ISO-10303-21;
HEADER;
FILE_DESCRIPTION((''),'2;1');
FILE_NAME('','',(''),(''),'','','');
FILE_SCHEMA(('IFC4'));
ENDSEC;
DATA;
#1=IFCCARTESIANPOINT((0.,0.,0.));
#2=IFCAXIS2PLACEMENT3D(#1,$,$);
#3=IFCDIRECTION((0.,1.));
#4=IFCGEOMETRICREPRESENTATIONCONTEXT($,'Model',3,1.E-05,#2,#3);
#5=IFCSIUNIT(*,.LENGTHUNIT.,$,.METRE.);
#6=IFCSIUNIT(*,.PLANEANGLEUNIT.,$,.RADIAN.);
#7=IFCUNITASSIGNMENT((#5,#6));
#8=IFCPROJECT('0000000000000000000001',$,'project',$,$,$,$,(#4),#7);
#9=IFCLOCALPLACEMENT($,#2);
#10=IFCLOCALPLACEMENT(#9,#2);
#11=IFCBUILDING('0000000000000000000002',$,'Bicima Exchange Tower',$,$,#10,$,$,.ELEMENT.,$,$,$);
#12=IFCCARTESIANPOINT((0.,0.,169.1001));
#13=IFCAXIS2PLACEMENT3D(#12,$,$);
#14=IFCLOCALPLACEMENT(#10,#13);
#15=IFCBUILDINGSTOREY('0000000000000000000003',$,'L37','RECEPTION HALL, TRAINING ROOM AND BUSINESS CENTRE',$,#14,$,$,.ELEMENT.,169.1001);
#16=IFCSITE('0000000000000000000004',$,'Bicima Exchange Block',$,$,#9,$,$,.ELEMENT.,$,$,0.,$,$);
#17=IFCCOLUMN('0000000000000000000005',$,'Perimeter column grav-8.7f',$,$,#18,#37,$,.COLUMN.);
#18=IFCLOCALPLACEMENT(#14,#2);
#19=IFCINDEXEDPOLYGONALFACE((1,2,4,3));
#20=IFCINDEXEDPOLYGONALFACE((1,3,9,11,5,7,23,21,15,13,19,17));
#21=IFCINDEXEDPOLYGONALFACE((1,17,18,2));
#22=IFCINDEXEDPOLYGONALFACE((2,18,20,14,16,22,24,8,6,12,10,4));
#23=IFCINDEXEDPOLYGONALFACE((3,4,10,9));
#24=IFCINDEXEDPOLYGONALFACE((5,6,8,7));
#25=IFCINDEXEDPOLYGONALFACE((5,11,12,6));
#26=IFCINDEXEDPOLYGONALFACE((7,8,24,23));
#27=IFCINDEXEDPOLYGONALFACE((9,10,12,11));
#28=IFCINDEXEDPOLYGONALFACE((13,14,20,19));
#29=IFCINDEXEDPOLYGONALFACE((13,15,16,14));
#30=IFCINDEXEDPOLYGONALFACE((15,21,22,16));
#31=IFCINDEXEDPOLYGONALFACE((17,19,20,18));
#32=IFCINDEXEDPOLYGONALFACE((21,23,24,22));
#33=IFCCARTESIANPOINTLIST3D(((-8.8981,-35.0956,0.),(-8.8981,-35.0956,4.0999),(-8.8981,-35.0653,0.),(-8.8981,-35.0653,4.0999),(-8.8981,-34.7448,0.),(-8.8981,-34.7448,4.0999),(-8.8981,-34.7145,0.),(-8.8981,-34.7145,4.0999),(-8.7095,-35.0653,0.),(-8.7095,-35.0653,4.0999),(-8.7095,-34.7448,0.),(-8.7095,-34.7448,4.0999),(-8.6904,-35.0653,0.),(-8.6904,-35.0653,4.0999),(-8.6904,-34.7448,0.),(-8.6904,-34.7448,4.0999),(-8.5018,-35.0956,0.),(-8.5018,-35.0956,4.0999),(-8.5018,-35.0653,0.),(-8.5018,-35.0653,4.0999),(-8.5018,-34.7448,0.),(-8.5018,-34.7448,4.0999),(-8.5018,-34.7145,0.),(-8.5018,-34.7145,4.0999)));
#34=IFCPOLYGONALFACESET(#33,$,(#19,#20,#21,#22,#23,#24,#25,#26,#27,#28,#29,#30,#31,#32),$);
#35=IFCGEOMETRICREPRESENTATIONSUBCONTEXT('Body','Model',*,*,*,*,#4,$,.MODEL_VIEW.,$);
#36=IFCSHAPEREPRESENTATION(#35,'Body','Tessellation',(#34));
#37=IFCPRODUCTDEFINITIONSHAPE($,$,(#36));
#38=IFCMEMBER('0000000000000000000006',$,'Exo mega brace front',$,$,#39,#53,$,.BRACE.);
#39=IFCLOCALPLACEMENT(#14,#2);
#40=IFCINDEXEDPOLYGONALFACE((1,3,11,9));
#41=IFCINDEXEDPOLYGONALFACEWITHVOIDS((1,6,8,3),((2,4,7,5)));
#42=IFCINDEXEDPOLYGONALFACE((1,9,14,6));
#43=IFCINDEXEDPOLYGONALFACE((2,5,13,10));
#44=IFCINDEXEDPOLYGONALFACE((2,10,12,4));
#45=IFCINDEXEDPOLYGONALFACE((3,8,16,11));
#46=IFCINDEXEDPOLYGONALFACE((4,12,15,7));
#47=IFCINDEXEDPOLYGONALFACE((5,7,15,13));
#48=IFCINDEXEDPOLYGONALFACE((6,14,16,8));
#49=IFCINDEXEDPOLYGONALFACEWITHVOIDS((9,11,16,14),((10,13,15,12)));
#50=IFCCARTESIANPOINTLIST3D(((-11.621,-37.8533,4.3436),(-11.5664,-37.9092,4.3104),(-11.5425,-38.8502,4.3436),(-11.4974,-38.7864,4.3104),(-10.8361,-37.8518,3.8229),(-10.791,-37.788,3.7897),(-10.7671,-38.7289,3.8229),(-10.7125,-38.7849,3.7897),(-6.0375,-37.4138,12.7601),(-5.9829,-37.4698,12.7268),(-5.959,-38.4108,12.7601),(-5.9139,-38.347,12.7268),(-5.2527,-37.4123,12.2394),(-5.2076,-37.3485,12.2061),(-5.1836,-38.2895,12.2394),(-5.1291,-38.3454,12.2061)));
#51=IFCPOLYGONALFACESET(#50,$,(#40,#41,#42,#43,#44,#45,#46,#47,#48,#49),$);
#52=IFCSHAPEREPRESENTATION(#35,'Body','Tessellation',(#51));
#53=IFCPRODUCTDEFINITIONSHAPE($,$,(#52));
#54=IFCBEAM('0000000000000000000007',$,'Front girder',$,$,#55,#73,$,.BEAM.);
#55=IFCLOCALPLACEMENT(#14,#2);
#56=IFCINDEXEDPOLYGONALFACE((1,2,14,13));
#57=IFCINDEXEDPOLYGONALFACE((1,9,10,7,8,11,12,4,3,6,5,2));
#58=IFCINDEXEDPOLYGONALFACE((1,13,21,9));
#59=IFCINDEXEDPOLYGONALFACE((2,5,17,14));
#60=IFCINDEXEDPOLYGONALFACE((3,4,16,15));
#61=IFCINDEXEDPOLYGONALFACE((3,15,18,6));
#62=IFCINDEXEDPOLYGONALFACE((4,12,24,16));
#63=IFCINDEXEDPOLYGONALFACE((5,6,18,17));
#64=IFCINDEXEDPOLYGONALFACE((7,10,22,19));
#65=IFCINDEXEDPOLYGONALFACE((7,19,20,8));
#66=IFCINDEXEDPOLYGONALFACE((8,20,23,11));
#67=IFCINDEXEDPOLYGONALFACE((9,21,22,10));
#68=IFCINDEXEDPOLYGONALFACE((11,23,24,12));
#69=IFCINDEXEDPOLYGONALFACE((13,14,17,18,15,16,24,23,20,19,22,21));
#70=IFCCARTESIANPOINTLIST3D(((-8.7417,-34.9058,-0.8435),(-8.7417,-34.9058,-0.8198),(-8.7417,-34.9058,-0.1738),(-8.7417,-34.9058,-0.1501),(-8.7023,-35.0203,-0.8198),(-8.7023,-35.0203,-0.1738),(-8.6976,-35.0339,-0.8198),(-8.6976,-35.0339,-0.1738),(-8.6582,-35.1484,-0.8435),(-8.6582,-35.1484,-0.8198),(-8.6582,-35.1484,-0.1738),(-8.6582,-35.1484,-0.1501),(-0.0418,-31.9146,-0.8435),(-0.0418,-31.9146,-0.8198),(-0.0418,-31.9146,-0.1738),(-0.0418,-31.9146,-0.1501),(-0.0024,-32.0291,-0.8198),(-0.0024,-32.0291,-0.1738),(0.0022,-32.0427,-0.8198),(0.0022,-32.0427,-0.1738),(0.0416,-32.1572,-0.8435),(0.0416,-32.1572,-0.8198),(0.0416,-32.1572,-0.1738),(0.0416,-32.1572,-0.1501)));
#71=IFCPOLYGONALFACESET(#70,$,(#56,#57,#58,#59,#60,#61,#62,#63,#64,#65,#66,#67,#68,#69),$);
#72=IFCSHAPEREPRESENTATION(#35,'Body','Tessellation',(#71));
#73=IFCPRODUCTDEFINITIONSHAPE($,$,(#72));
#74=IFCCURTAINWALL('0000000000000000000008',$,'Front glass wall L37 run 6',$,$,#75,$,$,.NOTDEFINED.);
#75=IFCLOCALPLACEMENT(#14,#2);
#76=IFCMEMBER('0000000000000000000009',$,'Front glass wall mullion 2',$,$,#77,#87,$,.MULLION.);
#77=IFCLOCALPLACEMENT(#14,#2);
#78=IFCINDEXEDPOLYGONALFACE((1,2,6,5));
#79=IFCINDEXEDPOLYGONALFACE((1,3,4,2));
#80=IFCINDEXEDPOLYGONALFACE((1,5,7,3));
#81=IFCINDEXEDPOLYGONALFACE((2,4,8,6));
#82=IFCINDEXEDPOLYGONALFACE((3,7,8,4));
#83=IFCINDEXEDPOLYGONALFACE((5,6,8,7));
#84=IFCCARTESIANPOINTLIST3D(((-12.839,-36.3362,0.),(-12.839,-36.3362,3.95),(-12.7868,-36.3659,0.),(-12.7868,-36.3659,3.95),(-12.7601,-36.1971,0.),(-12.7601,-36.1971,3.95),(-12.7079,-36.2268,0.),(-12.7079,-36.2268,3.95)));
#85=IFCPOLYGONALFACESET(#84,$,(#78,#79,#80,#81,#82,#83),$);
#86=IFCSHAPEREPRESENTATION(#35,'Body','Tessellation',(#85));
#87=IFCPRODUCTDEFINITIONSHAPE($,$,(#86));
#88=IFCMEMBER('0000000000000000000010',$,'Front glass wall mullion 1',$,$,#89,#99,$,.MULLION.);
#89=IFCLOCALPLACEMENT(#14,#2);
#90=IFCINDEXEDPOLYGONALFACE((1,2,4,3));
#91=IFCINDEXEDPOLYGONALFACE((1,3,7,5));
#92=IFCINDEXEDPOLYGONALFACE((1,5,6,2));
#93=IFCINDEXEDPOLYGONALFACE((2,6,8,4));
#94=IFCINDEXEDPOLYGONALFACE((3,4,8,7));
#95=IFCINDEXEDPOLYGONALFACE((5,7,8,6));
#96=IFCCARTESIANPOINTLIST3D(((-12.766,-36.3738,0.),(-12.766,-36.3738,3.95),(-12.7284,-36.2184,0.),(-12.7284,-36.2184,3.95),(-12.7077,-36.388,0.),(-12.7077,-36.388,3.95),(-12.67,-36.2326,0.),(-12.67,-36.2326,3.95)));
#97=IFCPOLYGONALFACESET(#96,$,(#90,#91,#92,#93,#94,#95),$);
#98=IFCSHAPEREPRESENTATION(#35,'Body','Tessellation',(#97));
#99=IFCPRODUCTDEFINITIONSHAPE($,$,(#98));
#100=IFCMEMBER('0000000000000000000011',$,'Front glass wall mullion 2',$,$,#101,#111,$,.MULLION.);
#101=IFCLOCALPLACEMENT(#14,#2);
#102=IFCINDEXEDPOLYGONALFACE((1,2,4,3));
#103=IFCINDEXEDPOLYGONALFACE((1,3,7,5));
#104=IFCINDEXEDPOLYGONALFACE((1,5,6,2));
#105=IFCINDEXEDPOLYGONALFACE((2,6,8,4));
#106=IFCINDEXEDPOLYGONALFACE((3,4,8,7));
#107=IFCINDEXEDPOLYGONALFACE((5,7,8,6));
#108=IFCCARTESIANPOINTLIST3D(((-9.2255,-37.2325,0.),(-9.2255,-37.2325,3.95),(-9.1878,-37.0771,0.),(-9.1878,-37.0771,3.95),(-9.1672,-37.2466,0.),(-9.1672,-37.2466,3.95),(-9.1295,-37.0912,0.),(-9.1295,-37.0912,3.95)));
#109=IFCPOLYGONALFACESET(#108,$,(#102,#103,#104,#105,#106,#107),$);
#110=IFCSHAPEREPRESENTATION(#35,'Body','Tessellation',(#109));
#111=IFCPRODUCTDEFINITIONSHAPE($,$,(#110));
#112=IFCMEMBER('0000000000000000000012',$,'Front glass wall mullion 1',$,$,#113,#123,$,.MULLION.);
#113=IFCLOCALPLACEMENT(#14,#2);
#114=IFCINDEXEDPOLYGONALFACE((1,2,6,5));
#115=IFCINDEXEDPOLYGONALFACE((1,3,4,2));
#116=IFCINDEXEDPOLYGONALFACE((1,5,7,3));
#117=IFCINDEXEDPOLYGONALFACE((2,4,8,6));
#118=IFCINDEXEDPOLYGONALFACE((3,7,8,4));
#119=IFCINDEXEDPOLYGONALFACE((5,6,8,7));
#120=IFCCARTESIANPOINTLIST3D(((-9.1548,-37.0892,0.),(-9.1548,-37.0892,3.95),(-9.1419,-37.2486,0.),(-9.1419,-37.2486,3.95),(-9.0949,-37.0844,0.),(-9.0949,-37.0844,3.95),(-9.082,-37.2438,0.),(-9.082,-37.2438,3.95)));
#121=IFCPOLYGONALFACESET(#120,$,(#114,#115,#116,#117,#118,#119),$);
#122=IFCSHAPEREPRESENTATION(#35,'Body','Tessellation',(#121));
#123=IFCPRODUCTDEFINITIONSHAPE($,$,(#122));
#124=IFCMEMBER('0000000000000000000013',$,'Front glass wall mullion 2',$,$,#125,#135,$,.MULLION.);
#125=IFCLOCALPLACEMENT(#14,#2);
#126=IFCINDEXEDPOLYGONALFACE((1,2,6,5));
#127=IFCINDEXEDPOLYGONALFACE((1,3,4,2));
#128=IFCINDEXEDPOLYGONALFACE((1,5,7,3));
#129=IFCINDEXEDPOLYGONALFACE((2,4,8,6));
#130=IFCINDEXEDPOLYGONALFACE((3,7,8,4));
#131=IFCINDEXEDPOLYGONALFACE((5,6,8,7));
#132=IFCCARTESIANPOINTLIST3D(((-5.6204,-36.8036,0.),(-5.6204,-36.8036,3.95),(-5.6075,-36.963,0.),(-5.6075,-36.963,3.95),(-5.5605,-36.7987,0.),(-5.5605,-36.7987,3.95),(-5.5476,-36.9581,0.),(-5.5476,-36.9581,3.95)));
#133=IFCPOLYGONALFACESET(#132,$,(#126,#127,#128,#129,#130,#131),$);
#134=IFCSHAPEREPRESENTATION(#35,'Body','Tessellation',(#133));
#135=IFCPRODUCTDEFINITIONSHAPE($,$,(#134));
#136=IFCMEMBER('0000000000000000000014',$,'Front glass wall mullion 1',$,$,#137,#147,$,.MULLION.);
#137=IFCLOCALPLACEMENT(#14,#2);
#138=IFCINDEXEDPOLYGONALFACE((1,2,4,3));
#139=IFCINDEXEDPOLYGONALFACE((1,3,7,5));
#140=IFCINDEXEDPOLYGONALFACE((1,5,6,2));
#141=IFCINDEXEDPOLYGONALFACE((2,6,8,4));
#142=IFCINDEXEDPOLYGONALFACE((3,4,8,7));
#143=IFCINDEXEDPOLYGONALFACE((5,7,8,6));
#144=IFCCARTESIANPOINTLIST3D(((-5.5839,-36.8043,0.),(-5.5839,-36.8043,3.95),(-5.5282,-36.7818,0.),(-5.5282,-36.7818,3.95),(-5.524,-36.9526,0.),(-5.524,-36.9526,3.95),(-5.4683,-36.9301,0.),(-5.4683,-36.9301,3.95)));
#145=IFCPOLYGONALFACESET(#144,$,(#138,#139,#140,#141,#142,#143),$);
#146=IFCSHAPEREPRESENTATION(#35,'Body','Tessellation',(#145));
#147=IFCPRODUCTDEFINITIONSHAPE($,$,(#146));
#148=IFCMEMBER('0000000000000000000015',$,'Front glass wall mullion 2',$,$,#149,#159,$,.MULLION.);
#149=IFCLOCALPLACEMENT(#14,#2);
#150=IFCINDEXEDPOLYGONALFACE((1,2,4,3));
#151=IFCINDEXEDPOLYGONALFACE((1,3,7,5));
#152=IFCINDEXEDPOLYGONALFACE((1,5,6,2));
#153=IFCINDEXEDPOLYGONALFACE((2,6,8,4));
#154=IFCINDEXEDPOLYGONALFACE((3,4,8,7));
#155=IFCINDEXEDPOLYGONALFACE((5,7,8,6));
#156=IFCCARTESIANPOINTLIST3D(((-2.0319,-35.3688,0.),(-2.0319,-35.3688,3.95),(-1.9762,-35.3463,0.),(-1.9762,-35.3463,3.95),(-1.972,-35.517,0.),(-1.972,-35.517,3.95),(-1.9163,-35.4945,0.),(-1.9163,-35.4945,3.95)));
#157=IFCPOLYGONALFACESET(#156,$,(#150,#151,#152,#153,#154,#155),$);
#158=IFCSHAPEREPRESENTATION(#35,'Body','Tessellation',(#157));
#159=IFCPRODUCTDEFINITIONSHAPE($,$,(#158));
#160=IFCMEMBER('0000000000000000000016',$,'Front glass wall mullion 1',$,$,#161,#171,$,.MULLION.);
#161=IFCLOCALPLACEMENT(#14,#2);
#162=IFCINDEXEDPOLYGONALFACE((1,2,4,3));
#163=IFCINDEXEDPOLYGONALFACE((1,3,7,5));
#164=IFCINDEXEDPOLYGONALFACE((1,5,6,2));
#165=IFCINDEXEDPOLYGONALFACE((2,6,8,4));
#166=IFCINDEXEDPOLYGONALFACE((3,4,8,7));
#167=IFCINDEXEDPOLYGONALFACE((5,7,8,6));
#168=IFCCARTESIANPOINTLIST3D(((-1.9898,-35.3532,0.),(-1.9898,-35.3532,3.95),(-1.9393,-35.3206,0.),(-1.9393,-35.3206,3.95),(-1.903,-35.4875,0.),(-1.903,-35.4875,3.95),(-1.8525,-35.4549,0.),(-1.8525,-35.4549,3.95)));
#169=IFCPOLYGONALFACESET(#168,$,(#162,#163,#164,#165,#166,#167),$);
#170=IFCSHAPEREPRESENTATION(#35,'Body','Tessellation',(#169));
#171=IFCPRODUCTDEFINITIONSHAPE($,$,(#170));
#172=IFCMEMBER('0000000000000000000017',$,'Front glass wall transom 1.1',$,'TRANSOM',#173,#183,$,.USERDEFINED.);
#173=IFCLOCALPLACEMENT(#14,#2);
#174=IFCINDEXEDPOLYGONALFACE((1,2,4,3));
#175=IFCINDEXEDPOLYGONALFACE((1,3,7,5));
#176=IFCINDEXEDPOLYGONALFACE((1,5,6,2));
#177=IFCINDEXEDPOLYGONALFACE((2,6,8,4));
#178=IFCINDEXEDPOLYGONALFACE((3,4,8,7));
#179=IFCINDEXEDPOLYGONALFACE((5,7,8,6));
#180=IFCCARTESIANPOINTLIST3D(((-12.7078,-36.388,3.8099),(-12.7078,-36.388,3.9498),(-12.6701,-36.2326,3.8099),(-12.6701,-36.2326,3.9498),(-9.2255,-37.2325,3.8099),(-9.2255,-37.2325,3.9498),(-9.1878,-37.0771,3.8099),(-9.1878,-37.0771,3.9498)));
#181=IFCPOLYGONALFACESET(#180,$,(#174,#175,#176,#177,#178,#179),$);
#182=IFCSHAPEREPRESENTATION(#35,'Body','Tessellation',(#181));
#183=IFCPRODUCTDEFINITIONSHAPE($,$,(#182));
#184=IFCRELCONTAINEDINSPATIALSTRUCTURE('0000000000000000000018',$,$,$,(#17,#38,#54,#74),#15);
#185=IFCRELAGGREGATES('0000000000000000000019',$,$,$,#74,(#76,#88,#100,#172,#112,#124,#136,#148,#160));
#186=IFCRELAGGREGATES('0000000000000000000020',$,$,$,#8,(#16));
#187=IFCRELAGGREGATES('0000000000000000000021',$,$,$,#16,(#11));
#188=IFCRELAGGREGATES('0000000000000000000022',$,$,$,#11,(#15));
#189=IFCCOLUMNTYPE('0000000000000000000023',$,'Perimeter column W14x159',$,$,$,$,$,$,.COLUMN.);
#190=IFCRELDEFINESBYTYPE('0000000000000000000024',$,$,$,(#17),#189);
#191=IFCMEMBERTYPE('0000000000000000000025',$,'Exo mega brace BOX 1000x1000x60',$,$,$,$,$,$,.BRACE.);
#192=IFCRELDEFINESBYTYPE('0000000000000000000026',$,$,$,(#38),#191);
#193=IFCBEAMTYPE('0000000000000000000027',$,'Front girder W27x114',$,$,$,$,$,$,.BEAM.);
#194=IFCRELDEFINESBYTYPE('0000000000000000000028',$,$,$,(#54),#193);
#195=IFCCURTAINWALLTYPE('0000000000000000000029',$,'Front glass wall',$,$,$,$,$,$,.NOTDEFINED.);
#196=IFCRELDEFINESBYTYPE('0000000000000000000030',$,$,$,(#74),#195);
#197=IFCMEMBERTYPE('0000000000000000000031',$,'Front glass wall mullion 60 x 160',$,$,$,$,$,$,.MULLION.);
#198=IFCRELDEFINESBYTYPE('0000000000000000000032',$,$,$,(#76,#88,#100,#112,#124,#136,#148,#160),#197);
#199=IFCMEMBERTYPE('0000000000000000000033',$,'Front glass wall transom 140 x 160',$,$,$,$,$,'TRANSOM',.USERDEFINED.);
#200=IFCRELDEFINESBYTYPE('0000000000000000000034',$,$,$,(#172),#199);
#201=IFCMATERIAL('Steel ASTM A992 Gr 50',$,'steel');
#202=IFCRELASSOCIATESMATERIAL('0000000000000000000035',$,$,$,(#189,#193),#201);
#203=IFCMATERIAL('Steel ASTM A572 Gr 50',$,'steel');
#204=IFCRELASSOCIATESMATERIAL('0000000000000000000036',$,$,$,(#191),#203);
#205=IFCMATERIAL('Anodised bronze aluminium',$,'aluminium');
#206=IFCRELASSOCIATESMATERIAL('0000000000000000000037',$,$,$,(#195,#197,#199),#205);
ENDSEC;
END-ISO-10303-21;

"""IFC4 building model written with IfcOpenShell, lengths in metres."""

from ifc_helpers import new_model, si_unit, direction, frame, origin, origin_2d, place, context, subcontext, project, spatial, rectangle, hollow_rectangle, i_section, extrude, material, material_profile, profile_set, type_object, element, aggregate, save


model = new_model("IFC4")

# Units and contexts
model_context = context("Model", 3, precision=1e-05, world=origin(), true_north=direction((0.0, 1.0)))
body_context = subcontext(model_context, "Body", "Model", "MODEL_VIEW")
ifc_project = project(units=[si_unit("LENGTHUNIT", "METRE"), si_unit("PLANEANGLEUNIT", "RADIAN")], contexts=[model_context])

# Site, building, storey
site_placement = place(None, origin())
site = spatial("IfcSite", under=ifc_project, at=site_placement, Name="Bicima Exchange Block", CompositionType="ELEMENT", RefElevation=0.0)
building_placement = place(site_placement, origin())
building = spatial("IfcBuilding", under=site, at=building_placement, Name="Bicima Exchange Tower", CompositionType="ELEMENT")
storey_placement = place(building_placement, frame((0.0, 0.0, 169.1001)))
storey = spatial("IfcBuildingStorey", under=building, at=storey_placement, Name="L37", Description="RECEPTION HALL, TRAINING ROOM AND BUSINESS CENTRE", CompositionType="ELEMENT", Elevation=169.1001)

# Column
ifc_material_1 = material(Name="Steel ASTM A992 Gr 50", Category="steel")
ifc_material_profile_1 = material_profile(ifc_material_1, i_section(OverallWidth=0.3962, OverallDepth=0.3811, WebThickness=0.019, FlangeThickness=0.0303, at=origin_2d()))
ifc_profile_set_1 = profile_set([ifc_material_profile_1], Name="Steel ASTM A992 Gr 50")
column_type = type_object("IfcColumnType", Name="Perimeter column W14x159", PredefinedType="COLUMN", material=ifc_profile_set_1)
column_placement = place(storey_placement, frame((-8.7, -34.905, 0.0), z_axis=(0.0, 0.0, 1.0), x_axis=(1.0, 0.0, 0.0)))
element("IfcColumn", 1, at=column_placement, inside=storey, type_object=column_type, Name="Perimeter column grav-8.7f", PredefinedType="COLUMN", context=body_context, shape_type="SweptSolid", body=[
    extrude(i_section(OverallWidth=0.3962, OverallDepth=0.3811, WebThickness=0.019, FlangeThickness=0.0303, at=origin_2d()), origin(), (0.0, 0.0, 1.0), 4.0999),
])

# Member
ifc_material_2 = material(Name="Steel ASTM A572 Gr 50", Category="steel")
ifc_material_profile_2 = material_profile(ifc_material_2, hollow_rectangle(XDim=1.0, YDim=1.0, WallThickness=0.0601, at=origin_2d()))
ifc_profile_set_2 = profile_set([ifc_material_profile_2], Name="Steel ASTM A572 Gr 50")
member_type_1 = type_object("IfcMemberType", Name="Exo mega brace BOX 1000x1000x60", PredefinedType="BRACE", material=ifc_profile_set_2)
member_1_placement = place(storey_placement, frame((-11.1667, -38.3191, 4.0667), z_axis=(0.552291, 0.043468, 0.832517), x_axis=(-0.078463, 0.996917, 0.0)))
element("IfcMember", 2, at=member_1_placement, inside=storey, type_object=member_type_1, Name="Exo mega brace front", PredefinedType="BRACE", context=body_context, shape_type="SweptSolid", body=[
    extrude(hollow_rectangle(XDim=1.0, YDim=1.0, WallThickness=0.0601, at=origin_2d()), origin(), (0.0, 0.0, 1.0), 10.1096),
])

# Beam
ifc_material_profile_3 = material_profile(ifc_material_1, i_section(OverallWidth=0.2566, OverallDepth=0.6934, WebThickness=0.0144, FlangeThickness=0.0237, at=origin_2d()))
ifc_profile_set_3 = profile_set([ifc_material_profile_3], Name="Steel ASTM A992 Gr 50")
beam_type = type_object("IfcBeamType", Name="Front girder W27x114", PredefinedType="BEAM", material=ifc_profile_set_3)
beam_placement = place(storey_placement, frame((-8.7, -35.0271, -0.4968), z_axis=(0.945666, 0.325138, 0.0), x_axis=(-0.325138, 0.945666, 0.0)))
element("IfcBeam", 3, at=beam_placement, inside=storey, type_object=beam_type, Name="Front girder", PredefinedType="BEAM", context=body_context, shape_type="SweptSolid", body=[
    extrude(i_section(OverallWidth=0.2566, OverallDepth=0.6934, WebThickness=0.0144, FlangeThickness=0.0237, at=origin_2d()), origin(), (0.0, 0.0, 1.0), 9.1997),
])

# Curtain wall, members
ifc_material_3 = material(Name="Anodised bronze aluminium", Category="aluminium")
curtain_wall_type = type_object("IfcCurtainWallType", Name="Front glass wall", PredefinedType="NOTDEFINED", material=ifc_material_3)
curtain_wall_placement = place(storey_placement, origin())
curtain_wall = element("IfcCurtainWall", 4, at=curtain_wall_placement, inside=storey, type_object=curtain_wall_type, Name="Front glass wall L37 run 6", PredefinedType="NOTDEFINED")
ifc_material_profile_4 = material_profile(ifc_material_3, rectangle(XDim=0.1599, YDim=0.0601, at=origin_2d()))
ifc_profile_set_4 = profile_set([ifc_material_profile_4], Name="Anodised bronze aluminium")
member_type_2 = type_object("IfcMemberType", Name="Front glass wall mullion 60 x 160", PredefinedType="MULLION", material=ifc_profile_set_4)
member_2_placement = place(storey_placement, frame((-12.7734, -36.2815, 0.0), z_axis=(0.0, 0.0, 1.0), x_axis=(0.493395, 0.869805, 0.0)))
member_2 = element("IfcMember", 5, at=member_2_placement, type_object=member_type_2, Name="Front glass wall mullion 2", PredefinedType="MULLION", context=body_context, shape_type="SweptSolid", body=[
    extrude(rectangle(XDim=0.1599, YDim=0.0601, at=origin_2d()), origin(), (0.0, 0.0, 1.0), 3.95),
])
member_3_placement = place(storey_placement, frame((-12.718, -36.3032, 0.0), z_axis=(0.0, 0.0, 1.0), x_axis=(0.235682, 0.97183, 0.0)))
member_3 = element("IfcMember", 6, at=member_3_placement, type_object=member_type_2, Name="Front glass wall mullion 1", PredefinedType="MULLION", context=body_context, shape_type="SweptSolid", body=[
    extrude(rectangle(XDim=0.1599, YDim=0.0601, at=origin_2d()), origin(), (0.0, 0.0, 1.0), 3.95),
])
member_4_placement = place(storey_placement, frame((-9.1775, -37.1619, 0.0), z_axis=(0.0, 0.0, 1.0), x_axis=(0.235682, 0.97183, 0.0)))
member_4 = element("IfcMember", 7, at=member_4_placement, type_object=member_type_2, Name="Front glass wall mullion 2", PredefinedType="MULLION", context=body_context, shape_type="SweptSolid", body=[
    extrude(rectangle(XDim=0.1599, YDim=0.0601, at=origin_2d()), origin(), (0.0, 0.0, 1.0), 3.95),
])
member_5_placement = place(storey_placement, frame((-9.1184, -37.1665, 0.0), z_axis=(0.0, 0.0, 1.0), x_axis=(-0.080589, 0.996747, 0.0)))
member_5 = element("IfcMember", 8, at=member_5_placement, type_object=member_type_2, Name="Front glass wall mullion 1", PredefinedType="MULLION", context=body_context, shape_type="SweptSolid", body=[
    extrude(rectangle(XDim=0.1599, YDim=0.0601, at=origin_2d()), origin(), (0.0, 0.0, 1.0), 3.95),
])
member_6_placement = place(storey_placement, frame((-5.584, -36.8809, 0.0), z_axis=(0.0, 0.0, 1.0), x_axis=(-0.080589, 0.996747, 0.0)))
member_6 = element("IfcMember", 9, at=member_6_placement, type_object=member_type_2, Name="Front glass wall mullion 2", PredefinedType="MULLION", context=body_context, shape_type="SweptSolid", body=[
    extrude(rectangle(XDim=0.1599, YDim=0.0601, at=origin_2d()), origin(), (0.0, 0.0, 1.0), 3.95),
])
member_7_placement = place(storey_placement, frame((-5.5261, -36.8672, 0.0), z_axis=(0.0, 0.0, 1.0), x_axis=(-0.374705, 0.927144, 0.0)))
member_7 = element("IfcMember", 10, at=member_7_placement, type_object=member_type_2, Name="Front glass wall mullion 1", PredefinedType="MULLION", context=body_context, shape_type="SweptSolid", body=[
    extrude(rectangle(XDim=0.1599, YDim=0.0601, at=origin_2d()), origin(), (0.0, 0.0, 1.0), 3.95),
])
member_8_placement = place(storey_placement, frame((-1.9741, -35.4316, 0.0), z_axis=(0.0, 0.0, 1.0), x_axis=(-0.374705, 0.927144, 0.0)))
member_8 = element("IfcMember", 11, at=member_8_placement, type_object=member_type_2, Name="Front glass wall mullion 2", PredefinedType="MULLION", context=body_context, shape_type="SweptSolid", body=[
    extrude(rectangle(XDim=0.1599, YDim=0.0601, at=origin_2d()), origin(), (0.0, 0.0, 1.0), 3.95),
])
member_9_placement = place(storey_placement, frame((-1.9211, -35.4041, 0.0), z_axis=(0.0, 0.0, 1.0), x_axis=(-0.542897, 0.839799, 0.0)))
member_9 = element("IfcMember", 12, at=member_9_placement, type_object=member_type_2, Name="Front glass wall mullion 1", PredefinedType="MULLION", context=body_context, shape_type="SweptSolid", body=[
    extrude(rectangle(XDim=0.1599, YDim=0.0601, at=origin_2d()), origin(), (0.0, 0.0, 1.0), 3.95),
])
ifc_material_profile_5 = material_profile(ifc_material_3, rectangle(XDim=0.1599, YDim=0.1399, at=origin_2d()))
ifc_profile_set_5 = profile_set([ifc_material_profile_5], Name="Anodised bronze aluminium")
member_type_3 = type_object("IfcMemberType", Name="Front glass wall transom 140 x 160", ElementType="TRANSOM", PredefinedType="USERDEFINED", material=ifc_profile_set_5)
member_10_placement = place(storey_placement, frame((-12.689, -36.3103, 3.8799), z_axis=(0.971834, -0.235668, 0.0), x_axis=(0.235668, 0.971834, 0.0)))
member_10 = element("IfcMember", 13, at=member_10_placement, type_object=member_type_3, Name="Front glass wall transom 1.1", ObjectType="TRANSOM", PredefinedType="USERDEFINED", context=body_context, shape_type="SweptSolid", body=[
    extrude(rectangle(XDim=0.1599, YDim=0.1399, at=origin_2d()), origin(), (0.0, 0.0, 1.0), 3.5833),
])

aggregate(curtain_wall, [member_2, member_3, member_4, member_10, member_5, member_6, member_7, member_8, member_9])

save(model, "model.ifc")
